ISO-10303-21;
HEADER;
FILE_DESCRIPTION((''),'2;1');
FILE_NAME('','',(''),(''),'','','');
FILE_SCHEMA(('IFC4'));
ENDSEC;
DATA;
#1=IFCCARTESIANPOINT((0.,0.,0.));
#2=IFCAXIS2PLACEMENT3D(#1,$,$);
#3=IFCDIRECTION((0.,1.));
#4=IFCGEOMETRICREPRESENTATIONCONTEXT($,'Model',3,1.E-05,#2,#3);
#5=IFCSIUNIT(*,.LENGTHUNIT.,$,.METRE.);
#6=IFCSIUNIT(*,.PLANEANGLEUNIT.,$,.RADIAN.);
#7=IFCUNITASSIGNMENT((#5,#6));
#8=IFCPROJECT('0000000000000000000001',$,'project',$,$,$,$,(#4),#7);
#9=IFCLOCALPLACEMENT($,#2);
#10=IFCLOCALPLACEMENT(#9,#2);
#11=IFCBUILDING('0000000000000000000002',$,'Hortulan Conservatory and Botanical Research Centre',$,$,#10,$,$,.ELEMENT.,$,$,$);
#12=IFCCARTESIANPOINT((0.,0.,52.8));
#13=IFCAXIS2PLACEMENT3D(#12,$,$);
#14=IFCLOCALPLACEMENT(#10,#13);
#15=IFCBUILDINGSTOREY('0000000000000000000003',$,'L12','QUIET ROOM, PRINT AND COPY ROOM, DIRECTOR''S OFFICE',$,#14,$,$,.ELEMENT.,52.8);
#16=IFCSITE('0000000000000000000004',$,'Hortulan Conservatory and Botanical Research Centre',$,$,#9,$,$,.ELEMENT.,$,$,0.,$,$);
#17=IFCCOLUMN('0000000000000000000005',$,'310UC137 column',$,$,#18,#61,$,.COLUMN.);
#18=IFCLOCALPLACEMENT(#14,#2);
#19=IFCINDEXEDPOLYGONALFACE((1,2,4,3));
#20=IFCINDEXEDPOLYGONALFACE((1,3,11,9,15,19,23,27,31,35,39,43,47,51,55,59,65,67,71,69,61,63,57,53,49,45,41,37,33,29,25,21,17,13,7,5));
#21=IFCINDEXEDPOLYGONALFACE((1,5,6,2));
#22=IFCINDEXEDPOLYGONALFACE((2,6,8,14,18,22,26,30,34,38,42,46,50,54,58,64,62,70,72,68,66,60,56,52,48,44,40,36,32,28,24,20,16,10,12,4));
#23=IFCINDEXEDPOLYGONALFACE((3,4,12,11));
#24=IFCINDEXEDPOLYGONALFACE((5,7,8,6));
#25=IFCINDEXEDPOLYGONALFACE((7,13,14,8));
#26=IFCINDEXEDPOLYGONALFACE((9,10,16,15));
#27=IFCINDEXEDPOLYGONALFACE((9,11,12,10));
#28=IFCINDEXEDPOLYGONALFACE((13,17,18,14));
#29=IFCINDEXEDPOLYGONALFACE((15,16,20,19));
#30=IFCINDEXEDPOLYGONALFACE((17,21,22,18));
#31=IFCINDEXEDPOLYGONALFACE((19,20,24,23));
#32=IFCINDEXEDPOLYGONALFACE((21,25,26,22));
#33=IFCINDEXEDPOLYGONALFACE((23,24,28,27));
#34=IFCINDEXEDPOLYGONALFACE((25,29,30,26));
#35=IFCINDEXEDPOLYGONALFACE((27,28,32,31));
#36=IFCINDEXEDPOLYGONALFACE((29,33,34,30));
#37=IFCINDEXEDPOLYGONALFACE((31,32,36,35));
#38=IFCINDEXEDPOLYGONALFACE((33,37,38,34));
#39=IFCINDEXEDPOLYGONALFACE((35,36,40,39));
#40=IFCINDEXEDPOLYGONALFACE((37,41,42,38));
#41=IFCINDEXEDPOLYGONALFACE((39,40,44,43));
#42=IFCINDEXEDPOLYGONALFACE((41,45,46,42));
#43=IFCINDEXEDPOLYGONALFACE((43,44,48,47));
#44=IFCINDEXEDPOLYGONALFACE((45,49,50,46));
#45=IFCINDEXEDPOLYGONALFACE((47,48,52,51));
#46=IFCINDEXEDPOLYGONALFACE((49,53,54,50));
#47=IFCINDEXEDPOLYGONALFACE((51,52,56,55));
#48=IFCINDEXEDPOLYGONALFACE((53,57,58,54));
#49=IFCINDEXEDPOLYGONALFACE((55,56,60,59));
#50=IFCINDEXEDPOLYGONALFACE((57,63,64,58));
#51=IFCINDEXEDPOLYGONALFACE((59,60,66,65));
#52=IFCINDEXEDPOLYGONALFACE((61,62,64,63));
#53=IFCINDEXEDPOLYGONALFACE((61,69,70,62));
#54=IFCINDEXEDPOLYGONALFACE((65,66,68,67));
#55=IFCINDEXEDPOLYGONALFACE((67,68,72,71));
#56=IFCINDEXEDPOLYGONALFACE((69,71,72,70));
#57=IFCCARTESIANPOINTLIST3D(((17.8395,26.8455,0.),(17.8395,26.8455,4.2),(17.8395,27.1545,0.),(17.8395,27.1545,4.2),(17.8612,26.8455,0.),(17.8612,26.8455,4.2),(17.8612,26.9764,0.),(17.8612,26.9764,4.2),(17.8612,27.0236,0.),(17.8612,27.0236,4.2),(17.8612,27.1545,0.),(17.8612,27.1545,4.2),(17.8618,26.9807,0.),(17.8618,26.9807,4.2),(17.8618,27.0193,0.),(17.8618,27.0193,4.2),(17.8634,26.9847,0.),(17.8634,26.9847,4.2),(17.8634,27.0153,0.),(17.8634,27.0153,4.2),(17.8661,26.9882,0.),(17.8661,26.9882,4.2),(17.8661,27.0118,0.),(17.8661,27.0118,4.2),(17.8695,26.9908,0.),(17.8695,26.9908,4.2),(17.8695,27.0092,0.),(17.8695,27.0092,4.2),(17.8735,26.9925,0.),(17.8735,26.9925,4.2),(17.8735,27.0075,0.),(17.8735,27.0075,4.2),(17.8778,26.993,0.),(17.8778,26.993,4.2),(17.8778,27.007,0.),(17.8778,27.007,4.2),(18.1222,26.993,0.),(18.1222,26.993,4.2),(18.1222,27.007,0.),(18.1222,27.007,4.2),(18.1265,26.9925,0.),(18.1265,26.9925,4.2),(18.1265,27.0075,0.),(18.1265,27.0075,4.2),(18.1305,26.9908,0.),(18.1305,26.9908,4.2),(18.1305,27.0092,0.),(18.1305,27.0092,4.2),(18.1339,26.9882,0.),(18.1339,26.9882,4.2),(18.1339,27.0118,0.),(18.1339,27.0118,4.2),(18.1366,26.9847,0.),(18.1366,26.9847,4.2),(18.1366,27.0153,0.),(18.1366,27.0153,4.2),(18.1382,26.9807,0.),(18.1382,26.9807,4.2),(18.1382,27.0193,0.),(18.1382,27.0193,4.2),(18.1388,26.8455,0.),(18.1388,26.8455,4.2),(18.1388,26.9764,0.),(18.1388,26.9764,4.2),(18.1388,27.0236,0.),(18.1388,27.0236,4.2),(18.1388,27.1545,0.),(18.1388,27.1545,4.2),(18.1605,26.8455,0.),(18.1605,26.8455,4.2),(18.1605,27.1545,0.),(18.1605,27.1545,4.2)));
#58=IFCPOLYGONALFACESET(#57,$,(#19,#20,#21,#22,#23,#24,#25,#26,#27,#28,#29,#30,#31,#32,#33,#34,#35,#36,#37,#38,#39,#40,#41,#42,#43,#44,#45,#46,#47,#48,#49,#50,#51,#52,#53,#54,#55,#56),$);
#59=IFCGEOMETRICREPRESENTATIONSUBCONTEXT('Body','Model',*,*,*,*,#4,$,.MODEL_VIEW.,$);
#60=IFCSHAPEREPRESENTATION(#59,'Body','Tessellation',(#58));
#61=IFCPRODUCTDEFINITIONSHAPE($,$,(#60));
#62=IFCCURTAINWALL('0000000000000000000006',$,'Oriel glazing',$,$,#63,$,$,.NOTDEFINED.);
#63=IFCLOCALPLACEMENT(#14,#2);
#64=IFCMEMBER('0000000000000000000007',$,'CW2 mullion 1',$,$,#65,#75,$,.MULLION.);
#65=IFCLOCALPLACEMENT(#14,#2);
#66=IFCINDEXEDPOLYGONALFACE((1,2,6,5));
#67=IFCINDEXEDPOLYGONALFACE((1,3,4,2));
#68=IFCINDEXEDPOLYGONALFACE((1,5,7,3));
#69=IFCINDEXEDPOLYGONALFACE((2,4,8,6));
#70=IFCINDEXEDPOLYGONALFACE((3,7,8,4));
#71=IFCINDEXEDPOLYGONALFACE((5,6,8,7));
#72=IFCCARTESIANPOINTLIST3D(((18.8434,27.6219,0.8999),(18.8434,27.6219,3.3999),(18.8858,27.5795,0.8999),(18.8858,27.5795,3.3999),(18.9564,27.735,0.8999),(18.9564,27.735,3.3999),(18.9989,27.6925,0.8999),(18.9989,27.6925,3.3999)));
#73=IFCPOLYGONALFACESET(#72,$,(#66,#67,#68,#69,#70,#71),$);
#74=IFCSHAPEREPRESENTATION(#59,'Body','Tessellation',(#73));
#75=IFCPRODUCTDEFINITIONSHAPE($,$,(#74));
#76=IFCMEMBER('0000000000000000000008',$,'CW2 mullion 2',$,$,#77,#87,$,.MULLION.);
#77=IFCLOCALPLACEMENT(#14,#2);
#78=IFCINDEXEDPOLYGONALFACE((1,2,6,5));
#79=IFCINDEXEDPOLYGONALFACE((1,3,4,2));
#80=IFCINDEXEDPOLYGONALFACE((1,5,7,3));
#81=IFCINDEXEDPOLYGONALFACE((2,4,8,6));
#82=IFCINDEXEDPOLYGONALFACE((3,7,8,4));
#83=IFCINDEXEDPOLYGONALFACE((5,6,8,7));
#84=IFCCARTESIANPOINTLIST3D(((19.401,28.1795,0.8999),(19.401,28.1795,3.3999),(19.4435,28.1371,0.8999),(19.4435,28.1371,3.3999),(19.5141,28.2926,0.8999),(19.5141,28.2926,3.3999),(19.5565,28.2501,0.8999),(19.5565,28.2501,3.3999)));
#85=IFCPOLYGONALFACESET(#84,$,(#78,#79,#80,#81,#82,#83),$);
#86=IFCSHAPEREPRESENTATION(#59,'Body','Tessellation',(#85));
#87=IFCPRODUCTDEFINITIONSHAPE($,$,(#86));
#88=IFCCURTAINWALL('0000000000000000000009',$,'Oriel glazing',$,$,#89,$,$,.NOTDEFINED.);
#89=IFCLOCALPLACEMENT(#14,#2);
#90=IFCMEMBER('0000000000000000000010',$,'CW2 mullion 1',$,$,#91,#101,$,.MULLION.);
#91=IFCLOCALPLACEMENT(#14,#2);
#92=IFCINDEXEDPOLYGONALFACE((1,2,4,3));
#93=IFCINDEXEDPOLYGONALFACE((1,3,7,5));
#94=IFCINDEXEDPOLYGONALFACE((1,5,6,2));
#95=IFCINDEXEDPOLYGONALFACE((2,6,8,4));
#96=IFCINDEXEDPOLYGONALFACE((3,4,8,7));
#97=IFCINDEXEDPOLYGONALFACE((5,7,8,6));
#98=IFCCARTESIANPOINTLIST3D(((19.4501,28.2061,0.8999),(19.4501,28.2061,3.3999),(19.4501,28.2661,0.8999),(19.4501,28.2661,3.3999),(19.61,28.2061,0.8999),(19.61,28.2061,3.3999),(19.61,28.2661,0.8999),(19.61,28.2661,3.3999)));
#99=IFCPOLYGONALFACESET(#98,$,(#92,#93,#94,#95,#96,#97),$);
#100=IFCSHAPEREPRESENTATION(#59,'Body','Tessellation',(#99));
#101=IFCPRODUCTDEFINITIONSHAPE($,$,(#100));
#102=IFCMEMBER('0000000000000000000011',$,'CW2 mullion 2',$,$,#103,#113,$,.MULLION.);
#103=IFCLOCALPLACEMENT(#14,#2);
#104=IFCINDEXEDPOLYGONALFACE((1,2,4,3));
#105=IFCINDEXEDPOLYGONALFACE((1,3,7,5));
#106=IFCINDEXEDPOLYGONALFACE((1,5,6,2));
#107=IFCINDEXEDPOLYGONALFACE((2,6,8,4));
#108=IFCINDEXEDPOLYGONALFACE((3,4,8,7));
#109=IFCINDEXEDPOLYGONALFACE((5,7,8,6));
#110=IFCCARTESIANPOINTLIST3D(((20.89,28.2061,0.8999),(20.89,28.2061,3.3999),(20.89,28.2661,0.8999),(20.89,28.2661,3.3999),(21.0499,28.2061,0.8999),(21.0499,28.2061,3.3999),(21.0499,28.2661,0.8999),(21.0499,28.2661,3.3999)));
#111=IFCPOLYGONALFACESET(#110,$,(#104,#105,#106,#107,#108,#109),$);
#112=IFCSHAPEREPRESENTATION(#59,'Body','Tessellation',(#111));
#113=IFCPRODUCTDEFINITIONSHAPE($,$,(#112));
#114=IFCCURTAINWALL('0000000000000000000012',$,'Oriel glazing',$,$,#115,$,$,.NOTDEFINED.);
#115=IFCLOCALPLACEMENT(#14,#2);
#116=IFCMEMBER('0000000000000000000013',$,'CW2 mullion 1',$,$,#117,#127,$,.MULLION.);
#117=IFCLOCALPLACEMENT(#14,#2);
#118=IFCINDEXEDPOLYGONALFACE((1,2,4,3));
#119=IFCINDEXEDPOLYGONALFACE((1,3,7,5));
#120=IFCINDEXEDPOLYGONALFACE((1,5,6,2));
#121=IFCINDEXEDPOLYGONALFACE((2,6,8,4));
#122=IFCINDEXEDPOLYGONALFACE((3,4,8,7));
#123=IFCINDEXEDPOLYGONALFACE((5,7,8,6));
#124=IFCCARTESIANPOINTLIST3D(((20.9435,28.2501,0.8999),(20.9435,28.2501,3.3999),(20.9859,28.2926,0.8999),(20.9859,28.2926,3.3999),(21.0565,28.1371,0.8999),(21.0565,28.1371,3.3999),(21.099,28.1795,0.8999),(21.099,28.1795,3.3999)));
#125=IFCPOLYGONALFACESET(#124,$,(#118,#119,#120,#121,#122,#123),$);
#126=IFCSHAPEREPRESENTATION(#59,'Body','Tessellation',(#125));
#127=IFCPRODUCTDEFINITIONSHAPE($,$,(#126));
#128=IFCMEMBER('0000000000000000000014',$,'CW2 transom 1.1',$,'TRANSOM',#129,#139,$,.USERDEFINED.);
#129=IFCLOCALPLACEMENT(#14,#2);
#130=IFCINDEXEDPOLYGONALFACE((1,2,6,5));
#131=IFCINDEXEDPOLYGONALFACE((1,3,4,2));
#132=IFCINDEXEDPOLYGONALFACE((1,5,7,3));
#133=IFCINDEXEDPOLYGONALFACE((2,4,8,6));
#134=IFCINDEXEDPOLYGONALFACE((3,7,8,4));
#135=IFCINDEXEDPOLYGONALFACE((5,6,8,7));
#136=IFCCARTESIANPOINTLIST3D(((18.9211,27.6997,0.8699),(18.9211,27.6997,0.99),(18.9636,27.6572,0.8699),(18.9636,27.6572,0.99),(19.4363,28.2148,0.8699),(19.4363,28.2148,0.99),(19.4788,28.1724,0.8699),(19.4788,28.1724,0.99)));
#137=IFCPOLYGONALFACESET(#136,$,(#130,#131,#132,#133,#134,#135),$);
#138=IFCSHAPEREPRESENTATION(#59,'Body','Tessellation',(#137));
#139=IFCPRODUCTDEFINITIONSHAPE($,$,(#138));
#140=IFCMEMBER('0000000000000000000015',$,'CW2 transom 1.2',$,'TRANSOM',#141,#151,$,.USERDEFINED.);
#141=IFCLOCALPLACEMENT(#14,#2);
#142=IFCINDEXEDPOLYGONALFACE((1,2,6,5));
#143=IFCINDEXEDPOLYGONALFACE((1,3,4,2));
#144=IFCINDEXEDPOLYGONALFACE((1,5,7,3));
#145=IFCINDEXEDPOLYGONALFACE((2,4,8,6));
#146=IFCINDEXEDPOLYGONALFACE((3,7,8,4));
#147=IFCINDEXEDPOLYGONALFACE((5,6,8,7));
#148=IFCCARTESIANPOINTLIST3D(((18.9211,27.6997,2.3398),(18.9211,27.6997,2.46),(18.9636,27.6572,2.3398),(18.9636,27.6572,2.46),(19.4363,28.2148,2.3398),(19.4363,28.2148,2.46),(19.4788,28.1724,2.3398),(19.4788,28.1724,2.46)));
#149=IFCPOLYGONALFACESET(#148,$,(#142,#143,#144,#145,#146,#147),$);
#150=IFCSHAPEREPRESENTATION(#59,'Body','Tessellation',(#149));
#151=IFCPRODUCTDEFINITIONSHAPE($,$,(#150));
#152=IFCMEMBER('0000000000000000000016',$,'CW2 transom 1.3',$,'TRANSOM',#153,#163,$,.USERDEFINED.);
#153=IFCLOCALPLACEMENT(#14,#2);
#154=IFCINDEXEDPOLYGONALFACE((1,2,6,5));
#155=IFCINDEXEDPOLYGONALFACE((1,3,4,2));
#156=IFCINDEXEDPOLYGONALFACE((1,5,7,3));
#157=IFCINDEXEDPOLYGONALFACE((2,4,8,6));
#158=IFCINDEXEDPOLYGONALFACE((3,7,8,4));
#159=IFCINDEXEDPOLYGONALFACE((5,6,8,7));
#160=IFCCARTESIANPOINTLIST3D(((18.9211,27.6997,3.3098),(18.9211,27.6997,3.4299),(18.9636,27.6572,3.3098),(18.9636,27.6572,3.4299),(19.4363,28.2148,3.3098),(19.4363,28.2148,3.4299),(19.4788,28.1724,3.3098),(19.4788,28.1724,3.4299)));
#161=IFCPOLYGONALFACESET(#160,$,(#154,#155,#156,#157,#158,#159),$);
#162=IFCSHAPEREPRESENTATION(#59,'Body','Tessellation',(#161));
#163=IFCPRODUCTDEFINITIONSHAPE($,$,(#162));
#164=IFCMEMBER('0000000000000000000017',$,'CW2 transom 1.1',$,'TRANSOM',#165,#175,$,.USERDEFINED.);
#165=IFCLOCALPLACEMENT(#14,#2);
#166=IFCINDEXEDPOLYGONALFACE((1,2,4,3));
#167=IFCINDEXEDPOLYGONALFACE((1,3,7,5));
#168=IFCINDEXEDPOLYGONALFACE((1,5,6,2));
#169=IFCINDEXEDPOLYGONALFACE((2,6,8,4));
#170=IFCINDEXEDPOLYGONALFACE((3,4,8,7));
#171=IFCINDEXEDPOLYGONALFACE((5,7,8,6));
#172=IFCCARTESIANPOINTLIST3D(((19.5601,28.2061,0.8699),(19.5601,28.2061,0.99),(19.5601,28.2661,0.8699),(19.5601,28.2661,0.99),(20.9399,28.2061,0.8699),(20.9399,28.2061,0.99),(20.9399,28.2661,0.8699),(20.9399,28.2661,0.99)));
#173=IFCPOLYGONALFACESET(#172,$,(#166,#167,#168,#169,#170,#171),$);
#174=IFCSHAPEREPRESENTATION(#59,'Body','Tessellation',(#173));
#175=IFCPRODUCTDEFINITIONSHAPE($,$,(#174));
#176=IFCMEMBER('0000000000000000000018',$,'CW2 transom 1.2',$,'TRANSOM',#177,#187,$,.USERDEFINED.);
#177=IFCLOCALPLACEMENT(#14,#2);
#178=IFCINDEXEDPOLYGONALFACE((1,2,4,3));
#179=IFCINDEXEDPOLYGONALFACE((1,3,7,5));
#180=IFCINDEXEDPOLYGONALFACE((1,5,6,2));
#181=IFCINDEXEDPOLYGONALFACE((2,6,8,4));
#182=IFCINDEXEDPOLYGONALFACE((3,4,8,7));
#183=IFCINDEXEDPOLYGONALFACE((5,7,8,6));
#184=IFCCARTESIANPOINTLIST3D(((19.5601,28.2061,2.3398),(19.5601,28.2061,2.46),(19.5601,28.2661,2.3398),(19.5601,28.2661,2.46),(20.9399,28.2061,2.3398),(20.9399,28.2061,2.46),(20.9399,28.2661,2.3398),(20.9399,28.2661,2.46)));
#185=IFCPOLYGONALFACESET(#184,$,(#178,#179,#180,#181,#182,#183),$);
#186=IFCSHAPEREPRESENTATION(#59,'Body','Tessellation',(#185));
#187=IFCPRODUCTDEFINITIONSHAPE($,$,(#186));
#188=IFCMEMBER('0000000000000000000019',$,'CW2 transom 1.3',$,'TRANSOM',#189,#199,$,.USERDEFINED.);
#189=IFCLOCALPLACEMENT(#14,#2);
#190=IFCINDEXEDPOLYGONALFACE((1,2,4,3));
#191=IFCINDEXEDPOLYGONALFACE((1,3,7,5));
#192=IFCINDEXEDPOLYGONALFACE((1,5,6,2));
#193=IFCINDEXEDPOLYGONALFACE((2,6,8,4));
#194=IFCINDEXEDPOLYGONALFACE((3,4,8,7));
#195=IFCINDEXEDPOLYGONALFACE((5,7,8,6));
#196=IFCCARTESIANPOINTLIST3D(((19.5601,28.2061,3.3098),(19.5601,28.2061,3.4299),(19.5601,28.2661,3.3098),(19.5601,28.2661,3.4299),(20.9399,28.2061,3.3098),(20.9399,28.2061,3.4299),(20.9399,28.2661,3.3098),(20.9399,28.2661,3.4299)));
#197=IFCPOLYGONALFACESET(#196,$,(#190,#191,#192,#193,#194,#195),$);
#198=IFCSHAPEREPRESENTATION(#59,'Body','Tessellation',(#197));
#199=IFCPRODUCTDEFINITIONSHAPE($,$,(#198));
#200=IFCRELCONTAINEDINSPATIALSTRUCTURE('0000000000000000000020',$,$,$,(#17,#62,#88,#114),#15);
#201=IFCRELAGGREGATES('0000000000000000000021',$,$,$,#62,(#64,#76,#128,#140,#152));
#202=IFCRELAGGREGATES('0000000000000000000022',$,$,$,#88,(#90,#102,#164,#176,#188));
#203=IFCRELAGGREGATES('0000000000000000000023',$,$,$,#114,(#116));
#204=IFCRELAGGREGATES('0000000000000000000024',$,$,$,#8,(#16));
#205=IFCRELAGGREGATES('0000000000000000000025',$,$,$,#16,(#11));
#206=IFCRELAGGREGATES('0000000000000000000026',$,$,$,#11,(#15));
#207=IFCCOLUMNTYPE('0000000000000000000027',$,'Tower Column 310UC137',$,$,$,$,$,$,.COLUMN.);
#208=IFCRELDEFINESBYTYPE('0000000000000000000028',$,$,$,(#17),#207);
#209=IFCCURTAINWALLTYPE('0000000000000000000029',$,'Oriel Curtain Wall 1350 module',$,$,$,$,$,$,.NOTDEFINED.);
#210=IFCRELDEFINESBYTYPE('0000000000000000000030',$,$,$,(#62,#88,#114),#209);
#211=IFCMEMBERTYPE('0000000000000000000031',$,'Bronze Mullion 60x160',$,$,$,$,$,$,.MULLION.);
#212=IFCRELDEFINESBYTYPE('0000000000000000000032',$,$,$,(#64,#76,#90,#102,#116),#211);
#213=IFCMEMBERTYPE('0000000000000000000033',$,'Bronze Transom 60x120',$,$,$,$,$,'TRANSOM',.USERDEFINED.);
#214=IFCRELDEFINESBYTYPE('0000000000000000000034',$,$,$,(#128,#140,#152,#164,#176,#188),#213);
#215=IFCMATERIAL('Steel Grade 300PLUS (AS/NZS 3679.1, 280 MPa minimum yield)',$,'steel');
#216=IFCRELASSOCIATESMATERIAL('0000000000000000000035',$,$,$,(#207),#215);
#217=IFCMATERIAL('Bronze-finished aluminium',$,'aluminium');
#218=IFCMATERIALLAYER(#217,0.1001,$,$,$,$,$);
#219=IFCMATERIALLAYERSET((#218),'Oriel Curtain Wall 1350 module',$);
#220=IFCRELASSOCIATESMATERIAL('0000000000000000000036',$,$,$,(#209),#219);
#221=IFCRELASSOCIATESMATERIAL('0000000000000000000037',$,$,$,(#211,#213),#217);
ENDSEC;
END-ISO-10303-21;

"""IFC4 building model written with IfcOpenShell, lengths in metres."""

from ifc_helpers import new_model, si_unit, direction, frame, origin, origin_2d, place, context, subcontext, project, spatial, rectangle, i_section, extrude, material, layer, layer_set, material_profile, profile_set, type_object, element, aggregate, save


model = new_model("IFC4")

# Units and contexts
model_context = context("Model", 3, precision=1e-05, world=origin(), true_north=direction((0.0, 1.0)))
body_context = subcontext(model_context, "Body", "Model", "MODEL_VIEW")
ifc_project = project(units=[si_unit("LENGTHUNIT", "METRE"), si_unit("PLANEANGLEUNIT", "RADIAN")], contexts=[model_context])

# Site, building, storey
site_placement = place(None, origin())
site = spatial("IfcSite", under=ifc_project, at=site_placement, Name="Hortulan Conservatory and Botanical Research Centre", CompositionType="ELEMENT", RefElevation=0.0)
building_placement = place(site_placement, origin())
building = spatial("IfcBuilding", under=site, at=building_placement, Name="Hortulan Conservatory and Botanical Research Centre", CompositionType="ELEMENT")
storey_placement = place(building_placement, frame((0.0, 0.0, 52.8)))
storey = spatial("IfcBuildingStorey", under=building, at=storey_placement, Name="L12", Description="QUIET ROOM, PRINT AND COPY ROOM, DIRECTOR'S OFFICE", CompositionType="ELEMENT", Elevation=52.8)

# Column
ifc_material_1 = material(Name="Steel Grade 300PLUS (AS/NZS 3679.1, 280 MPa minimum yield)", Category="steel")
ifc_material_profile_1 = material_profile(ifc_material_1, i_section(OverallWidth=0.3091, OverallDepth=0.321, WebThickness=0.0139, FlangeThickness=0.0217, FilletRadius=0.0166, at=origin_2d()), Name="310UC137")
ifc_profile_set_1 = profile_set([ifc_material_profile_1], Name="Steel Grade 300PLUS (AS/NZS 3679.1, 280 MPa minimum yield)")
column_type = type_object("IfcColumnType", Name="Tower Column 310UC137", PredefinedType="COLUMN", material=ifc_profile_set_1)
column_placement = place(storey_placement, frame((18.0, 27.0, 0.0), z_axis=(0.0, 0.0, 1.0), x_axis=(0.0, 1.0, 0.0)))
element("IfcColumn", 1, at=column_placement, inside=storey, type_object=column_type, Name="310UC137 column", PredefinedType="COLUMN", context=body_context, shape_type="SweptSolid", body=[
    extrude(i_section(OverallWidth=0.3091, OverallDepth=0.321, WebThickness=0.0139, FlangeThickness=0.0217, FilletRadius=0.0166, at=origin_2d()), origin(), (0.0, 0.0, 1.0), 4.2),
])

# Curtain walls, members
ifc_material_2 = material(Name="Bronze-finished aluminium", Category="aluminium")
ifc_layer_1 = layer(ifc_material_2, 0.1001)
ifc_layer_set_1 = layer_set([ifc_layer_1], Name="Oriel Curtain Wall 1350 module")
curtain_wall_type = type_object("IfcCurtainWallType", Name="Oriel Curtain Wall 1350 module", PredefinedType="NOTDEFINED", material=ifc_layer_set_1)
curtain_wall_1_placement = place(storey_placement, origin())
curtain_wall_1 = element("IfcCurtainWall", 2, at=curtain_wall_1_placement, inside=storey, type_object=curtain_wall_type, Name="Oriel glazing", PredefinedType="NOTDEFINED")
ifc_material_profile_2 = material_profile(ifc_material_2, rectangle(XDim=0.0601, YDim=0.1599, at=origin_2d()), Name="Bronze Mullion 60x160")
ifc_profile_set_2 = profile_set([ifc_material_profile_2], Name="Bronze-finished aluminium")
member_type_1 = type_object("IfcMemberType", Name="Bronze Mullion 60x160", PredefinedType="MULLION", material=ifc_profile_set_2)
member_1_placement = place(storey_placement, frame((18.9211, 27.6572, 0.8999), z_axis=(0.0, 0.0, 1.0), x_axis=(-0.707107, 0.707107, 0.0)))
member_1 = element("IfcMember", 3, at=member_1_placement, type_object=member_type_1, Name="CW2 mullion 1", PredefinedType="MULLION", context=body_context, shape_type="SweptSolid", body=[
    extrude(rectangle(XDim=0.0601, YDim=0.1599, at=origin_2d()), origin(), (0.0, 0.0, 1.0), 2.5),
])
member_2_placement = place(storey_placement, frame((19.4788, 28.2148, 0.8999), z_axis=(0.0, 0.0, 1.0), x_axis=(-0.707107, 0.707107, 0.0)))
member_2 = element("IfcMember", 4, at=member_2_placement, type_object=member_type_1, Name="CW2 mullion 2", PredefinedType="MULLION", context=body_context, shape_type="SweptSolid", body=[
    extrude(rectangle(XDim=0.0601, YDim=0.1599, at=origin_2d()), origin(), (0.0, 0.0, 1.0), 2.5),
])
curtain_wall_2_placement = place(storey_placement, origin())
curtain_wall_2 = element("IfcCurtainWall", 5, at=curtain_wall_2_placement, inside=storey, type_object=curtain_wall_type, Name="Oriel glazing", PredefinedType="NOTDEFINED")
member_3_placement = place(storey_placement, frame((19.53, 28.2361, 0.8999), z_axis=(0.0, 0.0, 1.0), x_axis=(0.0, 1.0, 0.0)))
member_3 = element("IfcMember", 6, at=member_3_placement, type_object=member_type_1, Name="CW2 mullion 1", PredefinedType="MULLION", context=body_context, shape_type="SweptSolid", body=[
    extrude(rectangle(XDim=0.0601, YDim=0.1599, at=origin_2d()), origin(), (0.0, 0.0, 1.0), 2.5),
])
member_4_placement = place(storey_placement, frame((20.97, 28.2361, 0.8999), z_axis=(0.0, 0.0, 1.0), x_axis=(0.0, 1.0, 0.0)))
member_4 = element("IfcMember", 7, at=member_4_placement, type_object=member_type_1, Name="CW2 mullion 2", PredefinedType="MULLION", context=body_context, shape_type="SweptSolid", body=[
    extrude(rectangle(XDim=0.0601, YDim=0.1599, at=origin_2d()), origin(), (0.0, 0.0, 1.0), 2.5),
])

# Curtain wall, member
curtain_wall_3_placement = place(storey_placement, origin())
curtain_wall_3 = element("IfcCurtainWall", 8, at=curtain_wall_3_placement, inside=storey, type_object=curtain_wall_type, Name="Oriel glazing", PredefinedType="NOTDEFINED")
member_5_placement = place(storey_placement, frame((21.0212, 28.2148, 0.8999), z_axis=(0.0, 0.0, 1.0), x_axis=(0.707107, 0.707107, 0.0)))
member_5 = element("IfcMember", 9, at=member_5_placement, type_object=member_type_1, Name="CW2 mullion 1", PredefinedType="MULLION", context=body_context, shape_type="SweptSolid", body=[
    extrude(rectangle(XDim=0.0601, YDim=0.1599, at=origin_2d()), origin(), (0.0, 0.0, 1.0), 2.5),
])

# Members
ifc_material_profile_3 = material_profile(ifc_material_2, rectangle(XDim=0.0601, YDim=0.1201, at=origin_2d()), Name="Bronze Transom 60x120")
ifc_profile_set_3 = profile_set([ifc_material_profile_3], Name="Bronze-finished aluminium")
member_type_2 = type_object("IfcMemberType", Name="Bronze Transom 60x120", ElementType="TRANSOM", PredefinedType="USERDEFINED", material=ifc_profile_set_3)
member_6_placement = place(storey_placement, frame((18.9424, 27.6785, 0.9299), z_axis=(0.707107, 0.707107, 0.0), x_axis=(-0.707107, 0.707107, 0.0)))
member_6 = element("IfcMember", 10, at=member_6_placement, type_object=member_type_2, Name="CW2 transom 1.1", ObjectType="TRANSOM", PredefinedType="USERDEFINED", context=body_context, shape_type="SweptSolid", body=[
    extrude(rectangle(XDim=0.0601, YDim=0.1201, at=origin_2d()), origin(), (0.0, 0.0, 1.0), 0.7285),
])
member_7_placement = place(storey_placement, frame((18.9424, 27.6785, 2.3999), z_axis=(0.707107, 0.707107, 0.0), x_axis=(-0.707107, 0.707107, 0.0)))
member_7 = element("IfcMember", 11, at=member_7_placement, type_object=member_type_2, Name="CW2 transom 1.2", ObjectType="TRANSOM", PredefinedType="USERDEFINED", context=body_context, shape_type="SweptSolid", body=[
    extrude(rectangle(XDim=0.0601, YDim=0.1201, at=origin_2d()), origin(), (0.0, 0.0, 1.0), 0.7285),
])
member_8_placement = place(storey_placement, frame((18.9424, 27.6785, 3.3699), z_axis=(0.707107, 0.707107, 0.0), x_axis=(-0.707107, 0.707107, 0.0)))
member_8 = element("IfcMember", 12, at=member_8_placement, type_object=member_type_2, Name="CW2 transom 1.3", ObjectType="TRANSOM", PredefinedType="USERDEFINED", context=body_context, shape_type="SweptSolid", body=[
    extrude(rectangle(XDim=0.0601, YDim=0.1201, at=origin_2d()), origin(), (0.0, 0.0, 1.0), 0.7285),
])
member_9_placement = place(storey_placement, frame((19.5601, 28.2361, 0.9299), z_axis=(1.0, 0.0, 0.0), x_axis=(0.0, 1.0, 0.0)))
member_9 = element("IfcMember", 13, at=member_9_placement, type_object=member_type_2, Name="CW2 transom 1.1", ObjectType="TRANSOM", PredefinedType="USERDEFINED", context=body_context, shape_type="SweptSolid", body=[
    extrude(rectangle(XDim=0.0601, YDim=0.1201, at=origin_2d()), origin(), (0.0, 0.0, 1.0), 1.3799),
])
member_10_placement = place(storey_placement, frame((19.5601, 28.2361, 2.3999), z_axis=(1.0, 0.0, 0.0), x_axis=(0.0, 1.0, 0.0)))
member_10 = element("IfcMember", 14, at=member_10_placement, type_object=member_type_2, Name="CW2 transom 1.2", ObjectType="TRANSOM", PredefinedType="USERDEFINED", context=body_context, shape_type="SweptSolid", body=[
    extrude(rectangle(XDim=0.0601, YDim=0.1201, at=origin_2d()), origin(), (0.0, 0.0, 1.0), 1.3799),
])
member_11_placement = place(storey_placement, frame((19.5601, 28.2361, 3.3699), z_axis=(1.0, 0.0, 0.0), x_axis=(0.0, 1.0, 0.0)))
member_11 = element("IfcMember", 15, at=member_11_placement, type_object=member_type_2, Name="CW2 transom 1.3", ObjectType="TRANSOM", PredefinedType="USERDEFINED", context=body_context, shape_type="SweptSolid", body=[
    extrude(rectangle(XDim=0.0601, YDim=0.1201, at=origin_2d()), origin(), (0.0, 0.0, 1.0), 1.3799),
])

aggregate(curtain_wall_1, [member_1, member_2, member_6, member_7, member_8])
aggregate(curtain_wall_2, [member_3, member_4, member_9, member_10, member_11])
aggregate(curtain_wall_3, [member_5])

save(model, "model.ifc")
